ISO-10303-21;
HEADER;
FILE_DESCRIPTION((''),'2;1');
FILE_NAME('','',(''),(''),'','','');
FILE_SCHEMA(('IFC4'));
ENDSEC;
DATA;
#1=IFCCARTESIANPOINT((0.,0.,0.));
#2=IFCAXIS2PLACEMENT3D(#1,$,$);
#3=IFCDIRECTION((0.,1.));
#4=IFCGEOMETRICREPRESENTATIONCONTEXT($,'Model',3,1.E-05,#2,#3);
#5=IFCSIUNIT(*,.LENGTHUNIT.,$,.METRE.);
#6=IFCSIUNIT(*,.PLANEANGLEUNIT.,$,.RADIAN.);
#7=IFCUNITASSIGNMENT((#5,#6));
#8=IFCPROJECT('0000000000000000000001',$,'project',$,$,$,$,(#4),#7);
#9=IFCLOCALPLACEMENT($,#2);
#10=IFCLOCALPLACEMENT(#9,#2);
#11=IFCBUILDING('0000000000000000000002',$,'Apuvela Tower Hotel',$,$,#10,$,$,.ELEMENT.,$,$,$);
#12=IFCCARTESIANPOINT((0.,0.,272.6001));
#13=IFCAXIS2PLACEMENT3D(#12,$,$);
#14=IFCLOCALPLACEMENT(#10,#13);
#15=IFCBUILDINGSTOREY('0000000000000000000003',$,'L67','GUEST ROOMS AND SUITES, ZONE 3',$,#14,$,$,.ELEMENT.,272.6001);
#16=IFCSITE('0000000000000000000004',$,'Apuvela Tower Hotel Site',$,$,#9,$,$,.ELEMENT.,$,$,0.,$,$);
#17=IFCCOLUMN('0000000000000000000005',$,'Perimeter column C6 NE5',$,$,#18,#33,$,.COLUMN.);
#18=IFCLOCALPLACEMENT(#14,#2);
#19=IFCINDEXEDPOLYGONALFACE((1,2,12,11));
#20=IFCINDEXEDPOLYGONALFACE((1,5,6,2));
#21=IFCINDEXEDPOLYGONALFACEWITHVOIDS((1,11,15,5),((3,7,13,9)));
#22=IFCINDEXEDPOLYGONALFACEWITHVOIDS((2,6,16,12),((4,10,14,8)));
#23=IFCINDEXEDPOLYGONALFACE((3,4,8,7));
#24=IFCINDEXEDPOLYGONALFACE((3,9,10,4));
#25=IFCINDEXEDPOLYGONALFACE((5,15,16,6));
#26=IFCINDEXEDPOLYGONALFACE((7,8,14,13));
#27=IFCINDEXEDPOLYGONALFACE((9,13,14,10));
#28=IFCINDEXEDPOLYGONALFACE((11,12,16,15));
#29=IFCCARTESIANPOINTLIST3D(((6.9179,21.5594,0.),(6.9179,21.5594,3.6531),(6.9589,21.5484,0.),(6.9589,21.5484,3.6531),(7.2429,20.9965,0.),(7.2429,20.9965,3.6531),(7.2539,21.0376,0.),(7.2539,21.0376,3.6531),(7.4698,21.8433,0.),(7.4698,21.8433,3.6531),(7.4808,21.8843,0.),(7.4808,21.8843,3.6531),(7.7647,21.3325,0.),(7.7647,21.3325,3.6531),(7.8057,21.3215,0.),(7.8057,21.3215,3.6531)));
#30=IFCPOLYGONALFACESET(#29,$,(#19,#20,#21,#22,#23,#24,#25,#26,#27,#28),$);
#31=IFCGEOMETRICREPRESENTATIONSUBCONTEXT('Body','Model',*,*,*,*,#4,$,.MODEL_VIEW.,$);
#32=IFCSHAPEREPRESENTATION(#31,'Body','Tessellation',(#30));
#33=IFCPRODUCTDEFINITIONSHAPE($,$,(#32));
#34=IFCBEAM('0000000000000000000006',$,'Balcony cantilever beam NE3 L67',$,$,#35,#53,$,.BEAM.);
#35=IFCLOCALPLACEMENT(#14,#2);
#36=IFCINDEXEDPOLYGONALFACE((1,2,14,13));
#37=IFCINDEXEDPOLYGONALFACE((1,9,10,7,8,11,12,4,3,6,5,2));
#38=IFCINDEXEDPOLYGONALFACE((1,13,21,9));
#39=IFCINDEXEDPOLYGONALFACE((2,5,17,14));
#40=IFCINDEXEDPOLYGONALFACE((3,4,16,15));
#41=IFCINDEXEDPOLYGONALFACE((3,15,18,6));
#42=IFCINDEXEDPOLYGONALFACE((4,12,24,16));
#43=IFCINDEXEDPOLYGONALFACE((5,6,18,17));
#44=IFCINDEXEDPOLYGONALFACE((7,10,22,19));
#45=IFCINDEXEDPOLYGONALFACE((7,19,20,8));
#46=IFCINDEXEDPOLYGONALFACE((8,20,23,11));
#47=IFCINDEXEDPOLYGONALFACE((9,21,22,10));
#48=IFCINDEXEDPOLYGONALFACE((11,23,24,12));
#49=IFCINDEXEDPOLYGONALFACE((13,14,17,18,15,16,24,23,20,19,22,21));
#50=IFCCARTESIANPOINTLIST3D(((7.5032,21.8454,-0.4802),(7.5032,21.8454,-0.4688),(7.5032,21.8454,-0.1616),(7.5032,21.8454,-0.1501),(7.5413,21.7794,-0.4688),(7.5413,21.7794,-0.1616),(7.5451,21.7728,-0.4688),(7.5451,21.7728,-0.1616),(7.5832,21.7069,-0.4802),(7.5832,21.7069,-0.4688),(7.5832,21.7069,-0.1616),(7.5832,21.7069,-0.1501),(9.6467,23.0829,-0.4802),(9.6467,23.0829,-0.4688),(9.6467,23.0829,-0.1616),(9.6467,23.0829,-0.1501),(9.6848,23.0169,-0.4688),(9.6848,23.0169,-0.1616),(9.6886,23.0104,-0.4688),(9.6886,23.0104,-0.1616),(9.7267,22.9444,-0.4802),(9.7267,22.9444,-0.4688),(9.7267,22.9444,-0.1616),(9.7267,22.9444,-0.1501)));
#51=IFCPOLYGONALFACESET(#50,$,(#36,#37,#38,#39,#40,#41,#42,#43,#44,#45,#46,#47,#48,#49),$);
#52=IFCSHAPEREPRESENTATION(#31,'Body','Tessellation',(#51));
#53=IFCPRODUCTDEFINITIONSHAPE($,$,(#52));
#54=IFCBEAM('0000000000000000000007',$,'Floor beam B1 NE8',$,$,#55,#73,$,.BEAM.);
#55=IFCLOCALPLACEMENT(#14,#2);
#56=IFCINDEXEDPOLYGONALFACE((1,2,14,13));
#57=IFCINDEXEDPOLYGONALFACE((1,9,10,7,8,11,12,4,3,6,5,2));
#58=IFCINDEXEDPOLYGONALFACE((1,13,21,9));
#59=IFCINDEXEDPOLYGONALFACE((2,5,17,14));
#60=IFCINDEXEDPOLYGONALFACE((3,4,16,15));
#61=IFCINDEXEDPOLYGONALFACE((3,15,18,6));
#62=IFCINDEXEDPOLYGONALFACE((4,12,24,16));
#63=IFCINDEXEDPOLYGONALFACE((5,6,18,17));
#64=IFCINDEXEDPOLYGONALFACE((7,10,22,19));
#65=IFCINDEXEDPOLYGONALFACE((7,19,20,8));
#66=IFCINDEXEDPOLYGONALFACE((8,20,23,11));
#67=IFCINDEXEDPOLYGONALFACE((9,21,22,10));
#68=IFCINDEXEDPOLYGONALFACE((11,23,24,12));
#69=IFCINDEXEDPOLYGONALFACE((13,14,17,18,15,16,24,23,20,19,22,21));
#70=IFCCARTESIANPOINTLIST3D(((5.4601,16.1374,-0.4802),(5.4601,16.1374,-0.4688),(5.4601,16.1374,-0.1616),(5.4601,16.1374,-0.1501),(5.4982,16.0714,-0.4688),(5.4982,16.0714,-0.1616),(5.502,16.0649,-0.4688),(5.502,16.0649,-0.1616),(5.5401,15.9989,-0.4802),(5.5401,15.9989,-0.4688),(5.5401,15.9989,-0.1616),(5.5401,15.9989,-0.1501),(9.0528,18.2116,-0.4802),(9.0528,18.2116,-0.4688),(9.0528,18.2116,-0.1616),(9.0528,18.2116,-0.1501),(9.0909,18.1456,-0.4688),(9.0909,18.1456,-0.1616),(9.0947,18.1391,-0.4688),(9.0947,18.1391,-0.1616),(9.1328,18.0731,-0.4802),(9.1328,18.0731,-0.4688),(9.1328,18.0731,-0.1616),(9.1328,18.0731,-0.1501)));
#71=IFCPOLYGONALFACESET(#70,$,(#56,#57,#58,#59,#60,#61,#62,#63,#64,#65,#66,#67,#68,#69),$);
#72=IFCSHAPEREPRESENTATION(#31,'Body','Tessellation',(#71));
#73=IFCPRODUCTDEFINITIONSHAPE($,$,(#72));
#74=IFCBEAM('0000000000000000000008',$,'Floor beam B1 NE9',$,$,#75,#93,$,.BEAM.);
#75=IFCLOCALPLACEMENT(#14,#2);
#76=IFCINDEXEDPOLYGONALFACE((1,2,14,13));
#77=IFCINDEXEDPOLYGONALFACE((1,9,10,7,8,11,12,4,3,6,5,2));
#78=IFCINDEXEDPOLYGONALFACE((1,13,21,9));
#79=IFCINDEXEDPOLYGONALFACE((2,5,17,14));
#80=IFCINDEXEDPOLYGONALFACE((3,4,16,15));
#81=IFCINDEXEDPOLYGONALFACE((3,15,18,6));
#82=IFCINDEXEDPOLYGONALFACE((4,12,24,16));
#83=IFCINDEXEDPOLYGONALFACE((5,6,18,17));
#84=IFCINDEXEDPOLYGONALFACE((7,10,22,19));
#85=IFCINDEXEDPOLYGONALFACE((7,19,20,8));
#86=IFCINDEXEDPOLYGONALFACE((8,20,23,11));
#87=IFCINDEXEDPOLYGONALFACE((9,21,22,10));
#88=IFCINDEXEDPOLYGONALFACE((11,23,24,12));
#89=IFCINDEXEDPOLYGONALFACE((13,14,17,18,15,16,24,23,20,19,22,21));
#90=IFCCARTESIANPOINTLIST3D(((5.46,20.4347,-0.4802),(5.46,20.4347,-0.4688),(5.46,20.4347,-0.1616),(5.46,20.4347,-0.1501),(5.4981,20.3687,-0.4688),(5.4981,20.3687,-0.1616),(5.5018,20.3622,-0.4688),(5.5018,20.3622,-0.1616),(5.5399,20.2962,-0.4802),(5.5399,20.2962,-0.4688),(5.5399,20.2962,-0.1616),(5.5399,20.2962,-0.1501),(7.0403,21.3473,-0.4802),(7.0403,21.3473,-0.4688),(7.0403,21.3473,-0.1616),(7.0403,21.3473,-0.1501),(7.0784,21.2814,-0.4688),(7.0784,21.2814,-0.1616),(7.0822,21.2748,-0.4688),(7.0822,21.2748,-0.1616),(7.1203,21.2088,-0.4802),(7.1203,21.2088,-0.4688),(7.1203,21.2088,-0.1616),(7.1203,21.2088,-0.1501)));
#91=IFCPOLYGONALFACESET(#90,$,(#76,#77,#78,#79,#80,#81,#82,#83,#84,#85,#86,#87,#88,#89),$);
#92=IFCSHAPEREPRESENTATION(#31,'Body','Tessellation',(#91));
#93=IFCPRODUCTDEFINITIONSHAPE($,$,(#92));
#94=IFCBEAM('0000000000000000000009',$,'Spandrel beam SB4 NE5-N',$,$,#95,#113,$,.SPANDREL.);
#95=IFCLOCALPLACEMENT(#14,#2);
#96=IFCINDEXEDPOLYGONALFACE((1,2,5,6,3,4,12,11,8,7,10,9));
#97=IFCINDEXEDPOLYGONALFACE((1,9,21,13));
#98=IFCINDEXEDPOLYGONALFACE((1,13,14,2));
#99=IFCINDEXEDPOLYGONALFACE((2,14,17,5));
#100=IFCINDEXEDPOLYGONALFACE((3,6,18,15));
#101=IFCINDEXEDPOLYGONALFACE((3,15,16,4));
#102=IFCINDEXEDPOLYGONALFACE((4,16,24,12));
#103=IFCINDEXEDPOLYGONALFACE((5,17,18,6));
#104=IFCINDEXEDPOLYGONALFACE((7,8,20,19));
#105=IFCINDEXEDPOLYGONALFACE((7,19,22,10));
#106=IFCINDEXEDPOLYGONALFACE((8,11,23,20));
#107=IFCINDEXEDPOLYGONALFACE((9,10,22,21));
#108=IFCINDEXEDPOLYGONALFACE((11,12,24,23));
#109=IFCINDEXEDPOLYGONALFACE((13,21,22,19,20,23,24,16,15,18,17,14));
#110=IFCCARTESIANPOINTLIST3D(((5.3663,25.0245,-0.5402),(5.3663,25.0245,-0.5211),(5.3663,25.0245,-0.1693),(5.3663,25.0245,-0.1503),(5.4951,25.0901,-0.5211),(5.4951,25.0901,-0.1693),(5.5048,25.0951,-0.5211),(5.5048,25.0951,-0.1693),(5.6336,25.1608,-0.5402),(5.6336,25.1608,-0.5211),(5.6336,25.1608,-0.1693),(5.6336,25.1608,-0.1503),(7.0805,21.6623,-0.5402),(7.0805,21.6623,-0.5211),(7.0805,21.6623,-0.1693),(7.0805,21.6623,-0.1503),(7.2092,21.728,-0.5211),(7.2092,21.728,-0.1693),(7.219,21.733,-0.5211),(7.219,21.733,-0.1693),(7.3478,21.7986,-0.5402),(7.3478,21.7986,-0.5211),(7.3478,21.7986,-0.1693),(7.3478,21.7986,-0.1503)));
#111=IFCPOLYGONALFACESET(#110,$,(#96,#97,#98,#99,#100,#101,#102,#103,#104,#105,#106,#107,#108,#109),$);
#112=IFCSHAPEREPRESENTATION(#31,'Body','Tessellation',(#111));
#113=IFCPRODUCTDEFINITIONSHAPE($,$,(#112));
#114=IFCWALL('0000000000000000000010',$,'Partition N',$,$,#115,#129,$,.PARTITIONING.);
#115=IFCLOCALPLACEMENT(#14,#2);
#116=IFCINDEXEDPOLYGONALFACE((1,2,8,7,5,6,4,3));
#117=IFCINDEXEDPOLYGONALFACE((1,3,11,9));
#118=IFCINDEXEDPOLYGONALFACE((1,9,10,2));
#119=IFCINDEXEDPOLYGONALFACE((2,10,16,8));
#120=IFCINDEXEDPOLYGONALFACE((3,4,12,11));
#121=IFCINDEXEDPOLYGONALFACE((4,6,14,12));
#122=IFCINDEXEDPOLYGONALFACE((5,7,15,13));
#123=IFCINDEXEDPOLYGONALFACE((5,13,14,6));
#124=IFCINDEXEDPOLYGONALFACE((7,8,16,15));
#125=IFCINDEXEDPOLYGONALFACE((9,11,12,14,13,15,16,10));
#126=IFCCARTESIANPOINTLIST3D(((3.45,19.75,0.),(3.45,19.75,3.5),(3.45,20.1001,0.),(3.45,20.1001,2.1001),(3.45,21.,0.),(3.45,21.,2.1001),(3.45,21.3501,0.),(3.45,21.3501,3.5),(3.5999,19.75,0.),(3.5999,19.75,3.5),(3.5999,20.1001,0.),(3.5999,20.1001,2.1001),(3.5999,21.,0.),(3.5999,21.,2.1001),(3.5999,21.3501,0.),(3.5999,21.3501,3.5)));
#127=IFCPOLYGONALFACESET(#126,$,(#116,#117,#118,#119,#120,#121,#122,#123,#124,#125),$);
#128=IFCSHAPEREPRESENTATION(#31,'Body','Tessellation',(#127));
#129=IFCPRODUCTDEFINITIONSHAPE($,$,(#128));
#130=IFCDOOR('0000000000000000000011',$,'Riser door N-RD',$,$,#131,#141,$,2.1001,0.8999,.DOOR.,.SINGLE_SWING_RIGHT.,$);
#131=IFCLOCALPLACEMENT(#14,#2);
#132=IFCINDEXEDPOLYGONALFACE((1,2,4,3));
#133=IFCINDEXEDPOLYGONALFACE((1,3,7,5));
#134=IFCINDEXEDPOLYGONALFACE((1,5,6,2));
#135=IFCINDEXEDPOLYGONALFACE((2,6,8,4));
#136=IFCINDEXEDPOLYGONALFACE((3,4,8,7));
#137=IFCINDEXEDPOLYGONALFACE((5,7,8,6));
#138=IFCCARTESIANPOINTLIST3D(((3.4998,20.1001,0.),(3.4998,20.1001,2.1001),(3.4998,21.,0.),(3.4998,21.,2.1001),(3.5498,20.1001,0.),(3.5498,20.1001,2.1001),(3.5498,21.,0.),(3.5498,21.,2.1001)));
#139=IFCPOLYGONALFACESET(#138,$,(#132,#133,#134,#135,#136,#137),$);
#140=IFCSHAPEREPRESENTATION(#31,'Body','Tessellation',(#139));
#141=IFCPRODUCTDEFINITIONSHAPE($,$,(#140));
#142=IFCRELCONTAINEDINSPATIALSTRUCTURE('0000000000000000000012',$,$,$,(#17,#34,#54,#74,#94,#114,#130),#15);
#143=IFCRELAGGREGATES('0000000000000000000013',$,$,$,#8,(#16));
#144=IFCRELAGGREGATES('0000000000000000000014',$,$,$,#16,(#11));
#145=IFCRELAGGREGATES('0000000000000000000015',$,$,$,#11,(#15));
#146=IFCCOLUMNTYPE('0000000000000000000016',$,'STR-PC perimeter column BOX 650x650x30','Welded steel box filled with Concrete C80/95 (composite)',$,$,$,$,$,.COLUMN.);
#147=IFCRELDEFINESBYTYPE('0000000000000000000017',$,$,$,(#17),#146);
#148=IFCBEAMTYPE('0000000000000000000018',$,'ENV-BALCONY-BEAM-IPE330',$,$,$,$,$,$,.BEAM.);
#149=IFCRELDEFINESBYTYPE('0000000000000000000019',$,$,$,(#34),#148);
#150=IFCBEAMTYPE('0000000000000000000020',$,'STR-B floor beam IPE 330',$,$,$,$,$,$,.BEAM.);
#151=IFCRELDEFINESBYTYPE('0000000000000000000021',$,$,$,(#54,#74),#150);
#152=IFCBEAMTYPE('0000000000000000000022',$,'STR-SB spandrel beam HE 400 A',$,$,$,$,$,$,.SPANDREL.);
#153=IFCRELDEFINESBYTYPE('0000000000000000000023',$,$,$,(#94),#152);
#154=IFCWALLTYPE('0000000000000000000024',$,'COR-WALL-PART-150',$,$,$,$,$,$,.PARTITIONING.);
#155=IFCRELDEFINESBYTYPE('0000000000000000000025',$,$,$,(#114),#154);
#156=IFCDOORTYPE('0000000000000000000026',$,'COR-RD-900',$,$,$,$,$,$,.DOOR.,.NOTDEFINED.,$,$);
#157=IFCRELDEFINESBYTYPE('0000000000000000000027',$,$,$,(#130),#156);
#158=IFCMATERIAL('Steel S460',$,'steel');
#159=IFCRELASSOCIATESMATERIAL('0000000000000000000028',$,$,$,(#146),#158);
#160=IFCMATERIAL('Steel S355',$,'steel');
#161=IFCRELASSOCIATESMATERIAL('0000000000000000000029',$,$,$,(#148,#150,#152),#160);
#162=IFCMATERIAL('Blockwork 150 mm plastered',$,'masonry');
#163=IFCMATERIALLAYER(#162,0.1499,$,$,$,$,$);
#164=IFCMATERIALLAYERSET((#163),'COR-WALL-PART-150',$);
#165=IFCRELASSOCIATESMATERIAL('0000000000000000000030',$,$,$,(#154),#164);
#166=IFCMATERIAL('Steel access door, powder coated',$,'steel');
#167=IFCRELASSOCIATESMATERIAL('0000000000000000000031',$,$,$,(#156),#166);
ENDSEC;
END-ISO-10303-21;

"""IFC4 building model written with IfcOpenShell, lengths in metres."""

from ifc_helpers import new_model, si_unit, direction, frame, frame_2d, origin, origin_2d, place, context, subcontext, project, spatial, rectangle, hollow_rectangle, i_section, extrude, boolean, halfspace, material, layer, layer_set, material_profile, profile_set, type_object, element, fill, save


model = new_model("IFC4")

# Units and contexts
model_context = context("Model", 3, precision=1e-05, world=origin(), true_north=direction((0.0, 1.0)))
body_context = subcontext(model_context, "Body", "Model", "MODEL_VIEW")
ifc_project = project(units=[si_unit("LENGTHUNIT", "METRE"), si_unit("PLANEANGLEUNIT", "RADIAN")], contexts=[model_context])

# Site, building, storey
site_placement = place(None, origin())
site = spatial("IfcSite", under=ifc_project, at=site_placement, Name="Apuvela Tower Hotel Site", CompositionType="ELEMENT", RefElevation=0.0)
building_placement = place(site_placement, origin())
building = spatial("IfcBuilding", under=site, at=building_placement, Name="Apuvela Tower Hotel", CompositionType="ELEMENT")
storey_placement = place(building_placement, frame((0.0, 0.0, 272.6001)))
storey = spatial("IfcBuildingStorey", under=building, at=storey_placement, Name="L67", Description="GUEST ROOMS AND SUITES, ZONE 3", CompositionType="ELEMENT", Elevation=272.6001)

# Column
ifc_material_1 = material(Name="Steel S460", Category="steel")
ifc_material_profile_1 = material_profile(ifc_material_1, hollow_rectangle(XDim=0.6499, YDim=0.6499, WallThickness=0.03, at=origin_2d()), Name="BOX 650x650x30")
ifc_material_2 = material(Name="Concrete C80/95", Category="concrete")
ifc_material_profile_2 = material_profile(ifc_material_2, rectangle(XDim=0.5901, YDim=0.5901, at=origin_2d()), Name="Concrete C80/95 infill")
ifc_profile_set_1 = profile_set([ifc_material_profile_1, ifc_material_profile_2], Name="Steel S460")
column_type = type_object("IfcColumnType", Name="STR-PC perimeter column BOX 650x650x30", Description="Welded steel box filled with Concrete C80/95 (composite)", PredefinedType="COLUMN", material=ifc_profile_set_1)
column_placement = place(storey_placement, frame((7.3618, 21.4404, 0.0), z_axis=(0.0, 0.0, 1.0), x_axis=(-0.5, 0.866025, 0.0)))
element("IfcColumn", 1, at=column_placement, inside=storey, type_object=column_type, Name="Perimeter column C6 NE5", PredefinedType="COLUMN", context=body_context, shape_type="SweptSolid", body=[
    boolean("DIFFERENCE", extrude(hollow_rectangle(XDim=0.6499, YDim=0.6499, WallThickness=0.03, at=origin_2d()), origin(), (0.0, 0.0, 1.0), 3.7), halfspace(frame((0.0, 0.0, 3.6531), z_axis=(0.0, 0.0, 1.0), x_axis=(1.0, 0.0, 0.0)), False)),
])

# Beams
ifc_material_3 = material(Name="Steel S355", Category="steel")
ifc_material_profile_3 = material_profile(ifc_material_3, i_section(OverallWidth=0.1599, OverallDepth=0.3301, WebThickness=0.0076, FlangeThickness=0.0115, at=origin_2d()), Name="IPE 330")
ifc_profile_set_2 = profile_set([ifc_material_profile_3], Name="Steel S355")
beam_type_1 = type_object("IfcBeamType", Name="ENV-BALCONY-BEAM-IPE330", PredefinedType="BEAM", material=ifc_profile_set_2)
beam_1_placement = place(storey_placement, frame((7.5432, 21.7761, -0.3152), z_axis=(0.866031, 0.49999, 0.0), x_axis=(-0.49999, 0.866031, 0.0)))
element("IfcBeam", 2, at=beam_1_placement, inside=storey, type_object=beam_type_1, Name="Balcony cantilever beam NE3 L67", PredefinedType="BEAM", context=body_context, shape_type="SweptSolid", body=[
    extrude(i_section(OverallWidth=0.1599, OverallDepth=0.3301, WebThickness=0.0076, FlangeThickness=0.0115, at=origin_2d()), origin(), (0.0, 0.0, 1.0), 2.4751),
])
ifc_material_profile_4 = material_profile(ifc_material_3, i_section(OverallWidth=0.1599, OverallDepth=0.3301, WebThickness=0.0076, FlangeThickness=0.0115, at=origin_2d()), Name="IPE 330")
ifc_profile_set_3 = profile_set([ifc_material_profile_4], Name="Steel S355")
beam_type_2 = type_object("IfcBeamType", Name="STR-B floor beam IPE 330", PredefinedType="BEAM", material=ifc_profile_set_3)
beam_2_placement = place(storey_placement, frame((9.0928, 18.1423, -0.3152), z_axis=(-0.866033, -0.499987, 0.0), x_axis=(0.499987, -0.866033, 0.0)))
element("IfcBeam", 3, at=beam_2_placement, inside=storey, type_object=beam_type_2, Name="Floor beam B1 NE8", PredefinedType="BEAM", context=body_context, shape_type="SweptSolid", body=[
    extrude(i_section(OverallWidth=0.1599, OverallDepth=0.3301, WebThickness=0.0076, FlangeThickness=0.0115, at=origin_2d()), origin(), (0.0, 0.0, 1.0), 4.1484),
])
beam_3_placement = place(storey_placement, frame((7.0803, 21.2781, -0.3152), z_axis=(-0.865978, -0.500081, 0.0), x_axis=(0.500081, -0.865978, 0.0)))
element("IfcBeam", 4, at=beam_3_placement, inside=storey, type_object=beam_type_2, Name="Floor beam B1 NE9", PredefinedType="BEAM", context=body_context, shape_type="SweptSolid", body=[
    extrude(i_section(OverallWidth=0.1599, OverallDepth=0.3301, WebThickness=0.0076, FlangeThickness=0.0115, at=origin_2d()), origin(), (0.0, 0.0, 1.0), 1.825),
])
ifc_material_profile_5 = material_profile(ifc_material_3, i_section(OverallWidth=0.3, OverallDepth=0.3899, WebThickness=0.011, FlangeThickness=0.019, at=origin_2d()), Name="HE 400 A")
ifc_profile_set_4 = profile_set([ifc_material_profile_5], Name="Steel S355")
beam_type_3 = type_object("IfcBeamType", Name="STR-SB spandrel beam HE 400 A", PredefinedType="SPANDREL", material=ifc_profile_set_4)
beam_4_placement = place(storey_placement, frame((7.2141, 21.7305, -0.3452), z_axis=(-0.454213, 0.890893, 0.0), x_axis=(-0.890893, -0.454213, 0.0)))
element("IfcBeam", 5, at=beam_4_placement, inside=storey, type_object=beam_type_3, Name="Spandrel beam SB4 NE5-N", PredefinedType="SPANDREL", context=body_context, shape_type="SweptSolid", body=[
    extrude(i_section(OverallWidth=0.3, OverallDepth=0.3899, WebThickness=0.011, FlangeThickness=0.019, at=origin_2d()), origin(), (0.0, 0.0, 1.0), 3.7739),
])

# Wall, opening, door
ifc_material_4 = material(Name="Blockwork 150 mm plastered", Category="masonry")
ifc_layer_1 = layer(ifc_material_4, 0.1499)
ifc_layer_set_1 = layer_set([ifc_layer_1], Name="COR-WALL-PART-150")
wall_type_1 = type_object("IfcWallType", Name="COR-WALL-PART-150", PredefinedType="PARTITIONING", material=ifc_layer_set_1)
wall_1_placement = place(storey_placement, frame((3.5249, 19.75, 0.0), z_axis=(0.0, 0.0, 1.0), x_axis=(0.0, 1.0, 0.0)))
wall_1 = element("IfcWall", 6, at=wall_1_placement, inside=storey, type_object=wall_type_1, Name="Partition N", PredefinedType="PARTITIONING", context=body_context, shape_type="SweptSolid", body=[
    extrude(rectangle(XDim=1.6001, YDim=0.1499, at=frame_2d((0.8, 0.0))), origin(), (0.0, 0.0, 1.0), 3.5),
])
opening_1_placement = place(wall_1_placement, frame((0.3501, 0.0, 0.0)))
opening_1 = element("IfcOpeningElement", 7, at=opening_1_placement, cuts=wall_1, PredefinedType="OPENING", context=body_context, shape_type="SweptSolid", body=[
    extrude(rectangle(XDim=0.8999, YDim=2.1001, at=frame_2d((0.45, 1.05))), frame((0.0, 0.085, 0.0), z_axis=(0.0, -1.0, 0.0), x_axis=(1.0, 0.0, 0.0)), (0.0, 0.0, 1.0), 0.1699),
])
ifc_material_5 = material(Name="Steel access door, powder coated", Category="steel")
door_type_1 = type_object("IfcDoorType", Name="COR-RD-900", OperationType="NOTDEFINED", PredefinedType="DOOR", material=ifc_material_5)
door_1_placement = place(opening_1_placement, frame((0.8999, 0.0, 0.0), z_axis=(0.0, 0.0, 1.0), x_axis=(-1.0, 0.0, 0.0)))
door_1 = element("IfcDoor", 8, at=door_1_placement, inside=storey, type_object=door_type_1, Name="Riser door N-RD", OperationType="SINGLE_SWING_RIGHT", OverallHeight=2.1001, OverallWidth=0.8999, PredefinedType="DOOR", context=body_context, shape_type="SweptSolid", body=[
    extrude(rectangle(XDim=0.8999, YDim=2.1001, at=frame_2d((0.45, 1.05))), frame((0.0, 0.0249, 0.0), z_axis=(0.0, -1.0, 0.0), x_axis=(1.0, 0.0, 0.0)), (0.0, 0.0, 1.0), 0.05),
])
fill(opening_1, door_1)

save(model, "model.ifc")
